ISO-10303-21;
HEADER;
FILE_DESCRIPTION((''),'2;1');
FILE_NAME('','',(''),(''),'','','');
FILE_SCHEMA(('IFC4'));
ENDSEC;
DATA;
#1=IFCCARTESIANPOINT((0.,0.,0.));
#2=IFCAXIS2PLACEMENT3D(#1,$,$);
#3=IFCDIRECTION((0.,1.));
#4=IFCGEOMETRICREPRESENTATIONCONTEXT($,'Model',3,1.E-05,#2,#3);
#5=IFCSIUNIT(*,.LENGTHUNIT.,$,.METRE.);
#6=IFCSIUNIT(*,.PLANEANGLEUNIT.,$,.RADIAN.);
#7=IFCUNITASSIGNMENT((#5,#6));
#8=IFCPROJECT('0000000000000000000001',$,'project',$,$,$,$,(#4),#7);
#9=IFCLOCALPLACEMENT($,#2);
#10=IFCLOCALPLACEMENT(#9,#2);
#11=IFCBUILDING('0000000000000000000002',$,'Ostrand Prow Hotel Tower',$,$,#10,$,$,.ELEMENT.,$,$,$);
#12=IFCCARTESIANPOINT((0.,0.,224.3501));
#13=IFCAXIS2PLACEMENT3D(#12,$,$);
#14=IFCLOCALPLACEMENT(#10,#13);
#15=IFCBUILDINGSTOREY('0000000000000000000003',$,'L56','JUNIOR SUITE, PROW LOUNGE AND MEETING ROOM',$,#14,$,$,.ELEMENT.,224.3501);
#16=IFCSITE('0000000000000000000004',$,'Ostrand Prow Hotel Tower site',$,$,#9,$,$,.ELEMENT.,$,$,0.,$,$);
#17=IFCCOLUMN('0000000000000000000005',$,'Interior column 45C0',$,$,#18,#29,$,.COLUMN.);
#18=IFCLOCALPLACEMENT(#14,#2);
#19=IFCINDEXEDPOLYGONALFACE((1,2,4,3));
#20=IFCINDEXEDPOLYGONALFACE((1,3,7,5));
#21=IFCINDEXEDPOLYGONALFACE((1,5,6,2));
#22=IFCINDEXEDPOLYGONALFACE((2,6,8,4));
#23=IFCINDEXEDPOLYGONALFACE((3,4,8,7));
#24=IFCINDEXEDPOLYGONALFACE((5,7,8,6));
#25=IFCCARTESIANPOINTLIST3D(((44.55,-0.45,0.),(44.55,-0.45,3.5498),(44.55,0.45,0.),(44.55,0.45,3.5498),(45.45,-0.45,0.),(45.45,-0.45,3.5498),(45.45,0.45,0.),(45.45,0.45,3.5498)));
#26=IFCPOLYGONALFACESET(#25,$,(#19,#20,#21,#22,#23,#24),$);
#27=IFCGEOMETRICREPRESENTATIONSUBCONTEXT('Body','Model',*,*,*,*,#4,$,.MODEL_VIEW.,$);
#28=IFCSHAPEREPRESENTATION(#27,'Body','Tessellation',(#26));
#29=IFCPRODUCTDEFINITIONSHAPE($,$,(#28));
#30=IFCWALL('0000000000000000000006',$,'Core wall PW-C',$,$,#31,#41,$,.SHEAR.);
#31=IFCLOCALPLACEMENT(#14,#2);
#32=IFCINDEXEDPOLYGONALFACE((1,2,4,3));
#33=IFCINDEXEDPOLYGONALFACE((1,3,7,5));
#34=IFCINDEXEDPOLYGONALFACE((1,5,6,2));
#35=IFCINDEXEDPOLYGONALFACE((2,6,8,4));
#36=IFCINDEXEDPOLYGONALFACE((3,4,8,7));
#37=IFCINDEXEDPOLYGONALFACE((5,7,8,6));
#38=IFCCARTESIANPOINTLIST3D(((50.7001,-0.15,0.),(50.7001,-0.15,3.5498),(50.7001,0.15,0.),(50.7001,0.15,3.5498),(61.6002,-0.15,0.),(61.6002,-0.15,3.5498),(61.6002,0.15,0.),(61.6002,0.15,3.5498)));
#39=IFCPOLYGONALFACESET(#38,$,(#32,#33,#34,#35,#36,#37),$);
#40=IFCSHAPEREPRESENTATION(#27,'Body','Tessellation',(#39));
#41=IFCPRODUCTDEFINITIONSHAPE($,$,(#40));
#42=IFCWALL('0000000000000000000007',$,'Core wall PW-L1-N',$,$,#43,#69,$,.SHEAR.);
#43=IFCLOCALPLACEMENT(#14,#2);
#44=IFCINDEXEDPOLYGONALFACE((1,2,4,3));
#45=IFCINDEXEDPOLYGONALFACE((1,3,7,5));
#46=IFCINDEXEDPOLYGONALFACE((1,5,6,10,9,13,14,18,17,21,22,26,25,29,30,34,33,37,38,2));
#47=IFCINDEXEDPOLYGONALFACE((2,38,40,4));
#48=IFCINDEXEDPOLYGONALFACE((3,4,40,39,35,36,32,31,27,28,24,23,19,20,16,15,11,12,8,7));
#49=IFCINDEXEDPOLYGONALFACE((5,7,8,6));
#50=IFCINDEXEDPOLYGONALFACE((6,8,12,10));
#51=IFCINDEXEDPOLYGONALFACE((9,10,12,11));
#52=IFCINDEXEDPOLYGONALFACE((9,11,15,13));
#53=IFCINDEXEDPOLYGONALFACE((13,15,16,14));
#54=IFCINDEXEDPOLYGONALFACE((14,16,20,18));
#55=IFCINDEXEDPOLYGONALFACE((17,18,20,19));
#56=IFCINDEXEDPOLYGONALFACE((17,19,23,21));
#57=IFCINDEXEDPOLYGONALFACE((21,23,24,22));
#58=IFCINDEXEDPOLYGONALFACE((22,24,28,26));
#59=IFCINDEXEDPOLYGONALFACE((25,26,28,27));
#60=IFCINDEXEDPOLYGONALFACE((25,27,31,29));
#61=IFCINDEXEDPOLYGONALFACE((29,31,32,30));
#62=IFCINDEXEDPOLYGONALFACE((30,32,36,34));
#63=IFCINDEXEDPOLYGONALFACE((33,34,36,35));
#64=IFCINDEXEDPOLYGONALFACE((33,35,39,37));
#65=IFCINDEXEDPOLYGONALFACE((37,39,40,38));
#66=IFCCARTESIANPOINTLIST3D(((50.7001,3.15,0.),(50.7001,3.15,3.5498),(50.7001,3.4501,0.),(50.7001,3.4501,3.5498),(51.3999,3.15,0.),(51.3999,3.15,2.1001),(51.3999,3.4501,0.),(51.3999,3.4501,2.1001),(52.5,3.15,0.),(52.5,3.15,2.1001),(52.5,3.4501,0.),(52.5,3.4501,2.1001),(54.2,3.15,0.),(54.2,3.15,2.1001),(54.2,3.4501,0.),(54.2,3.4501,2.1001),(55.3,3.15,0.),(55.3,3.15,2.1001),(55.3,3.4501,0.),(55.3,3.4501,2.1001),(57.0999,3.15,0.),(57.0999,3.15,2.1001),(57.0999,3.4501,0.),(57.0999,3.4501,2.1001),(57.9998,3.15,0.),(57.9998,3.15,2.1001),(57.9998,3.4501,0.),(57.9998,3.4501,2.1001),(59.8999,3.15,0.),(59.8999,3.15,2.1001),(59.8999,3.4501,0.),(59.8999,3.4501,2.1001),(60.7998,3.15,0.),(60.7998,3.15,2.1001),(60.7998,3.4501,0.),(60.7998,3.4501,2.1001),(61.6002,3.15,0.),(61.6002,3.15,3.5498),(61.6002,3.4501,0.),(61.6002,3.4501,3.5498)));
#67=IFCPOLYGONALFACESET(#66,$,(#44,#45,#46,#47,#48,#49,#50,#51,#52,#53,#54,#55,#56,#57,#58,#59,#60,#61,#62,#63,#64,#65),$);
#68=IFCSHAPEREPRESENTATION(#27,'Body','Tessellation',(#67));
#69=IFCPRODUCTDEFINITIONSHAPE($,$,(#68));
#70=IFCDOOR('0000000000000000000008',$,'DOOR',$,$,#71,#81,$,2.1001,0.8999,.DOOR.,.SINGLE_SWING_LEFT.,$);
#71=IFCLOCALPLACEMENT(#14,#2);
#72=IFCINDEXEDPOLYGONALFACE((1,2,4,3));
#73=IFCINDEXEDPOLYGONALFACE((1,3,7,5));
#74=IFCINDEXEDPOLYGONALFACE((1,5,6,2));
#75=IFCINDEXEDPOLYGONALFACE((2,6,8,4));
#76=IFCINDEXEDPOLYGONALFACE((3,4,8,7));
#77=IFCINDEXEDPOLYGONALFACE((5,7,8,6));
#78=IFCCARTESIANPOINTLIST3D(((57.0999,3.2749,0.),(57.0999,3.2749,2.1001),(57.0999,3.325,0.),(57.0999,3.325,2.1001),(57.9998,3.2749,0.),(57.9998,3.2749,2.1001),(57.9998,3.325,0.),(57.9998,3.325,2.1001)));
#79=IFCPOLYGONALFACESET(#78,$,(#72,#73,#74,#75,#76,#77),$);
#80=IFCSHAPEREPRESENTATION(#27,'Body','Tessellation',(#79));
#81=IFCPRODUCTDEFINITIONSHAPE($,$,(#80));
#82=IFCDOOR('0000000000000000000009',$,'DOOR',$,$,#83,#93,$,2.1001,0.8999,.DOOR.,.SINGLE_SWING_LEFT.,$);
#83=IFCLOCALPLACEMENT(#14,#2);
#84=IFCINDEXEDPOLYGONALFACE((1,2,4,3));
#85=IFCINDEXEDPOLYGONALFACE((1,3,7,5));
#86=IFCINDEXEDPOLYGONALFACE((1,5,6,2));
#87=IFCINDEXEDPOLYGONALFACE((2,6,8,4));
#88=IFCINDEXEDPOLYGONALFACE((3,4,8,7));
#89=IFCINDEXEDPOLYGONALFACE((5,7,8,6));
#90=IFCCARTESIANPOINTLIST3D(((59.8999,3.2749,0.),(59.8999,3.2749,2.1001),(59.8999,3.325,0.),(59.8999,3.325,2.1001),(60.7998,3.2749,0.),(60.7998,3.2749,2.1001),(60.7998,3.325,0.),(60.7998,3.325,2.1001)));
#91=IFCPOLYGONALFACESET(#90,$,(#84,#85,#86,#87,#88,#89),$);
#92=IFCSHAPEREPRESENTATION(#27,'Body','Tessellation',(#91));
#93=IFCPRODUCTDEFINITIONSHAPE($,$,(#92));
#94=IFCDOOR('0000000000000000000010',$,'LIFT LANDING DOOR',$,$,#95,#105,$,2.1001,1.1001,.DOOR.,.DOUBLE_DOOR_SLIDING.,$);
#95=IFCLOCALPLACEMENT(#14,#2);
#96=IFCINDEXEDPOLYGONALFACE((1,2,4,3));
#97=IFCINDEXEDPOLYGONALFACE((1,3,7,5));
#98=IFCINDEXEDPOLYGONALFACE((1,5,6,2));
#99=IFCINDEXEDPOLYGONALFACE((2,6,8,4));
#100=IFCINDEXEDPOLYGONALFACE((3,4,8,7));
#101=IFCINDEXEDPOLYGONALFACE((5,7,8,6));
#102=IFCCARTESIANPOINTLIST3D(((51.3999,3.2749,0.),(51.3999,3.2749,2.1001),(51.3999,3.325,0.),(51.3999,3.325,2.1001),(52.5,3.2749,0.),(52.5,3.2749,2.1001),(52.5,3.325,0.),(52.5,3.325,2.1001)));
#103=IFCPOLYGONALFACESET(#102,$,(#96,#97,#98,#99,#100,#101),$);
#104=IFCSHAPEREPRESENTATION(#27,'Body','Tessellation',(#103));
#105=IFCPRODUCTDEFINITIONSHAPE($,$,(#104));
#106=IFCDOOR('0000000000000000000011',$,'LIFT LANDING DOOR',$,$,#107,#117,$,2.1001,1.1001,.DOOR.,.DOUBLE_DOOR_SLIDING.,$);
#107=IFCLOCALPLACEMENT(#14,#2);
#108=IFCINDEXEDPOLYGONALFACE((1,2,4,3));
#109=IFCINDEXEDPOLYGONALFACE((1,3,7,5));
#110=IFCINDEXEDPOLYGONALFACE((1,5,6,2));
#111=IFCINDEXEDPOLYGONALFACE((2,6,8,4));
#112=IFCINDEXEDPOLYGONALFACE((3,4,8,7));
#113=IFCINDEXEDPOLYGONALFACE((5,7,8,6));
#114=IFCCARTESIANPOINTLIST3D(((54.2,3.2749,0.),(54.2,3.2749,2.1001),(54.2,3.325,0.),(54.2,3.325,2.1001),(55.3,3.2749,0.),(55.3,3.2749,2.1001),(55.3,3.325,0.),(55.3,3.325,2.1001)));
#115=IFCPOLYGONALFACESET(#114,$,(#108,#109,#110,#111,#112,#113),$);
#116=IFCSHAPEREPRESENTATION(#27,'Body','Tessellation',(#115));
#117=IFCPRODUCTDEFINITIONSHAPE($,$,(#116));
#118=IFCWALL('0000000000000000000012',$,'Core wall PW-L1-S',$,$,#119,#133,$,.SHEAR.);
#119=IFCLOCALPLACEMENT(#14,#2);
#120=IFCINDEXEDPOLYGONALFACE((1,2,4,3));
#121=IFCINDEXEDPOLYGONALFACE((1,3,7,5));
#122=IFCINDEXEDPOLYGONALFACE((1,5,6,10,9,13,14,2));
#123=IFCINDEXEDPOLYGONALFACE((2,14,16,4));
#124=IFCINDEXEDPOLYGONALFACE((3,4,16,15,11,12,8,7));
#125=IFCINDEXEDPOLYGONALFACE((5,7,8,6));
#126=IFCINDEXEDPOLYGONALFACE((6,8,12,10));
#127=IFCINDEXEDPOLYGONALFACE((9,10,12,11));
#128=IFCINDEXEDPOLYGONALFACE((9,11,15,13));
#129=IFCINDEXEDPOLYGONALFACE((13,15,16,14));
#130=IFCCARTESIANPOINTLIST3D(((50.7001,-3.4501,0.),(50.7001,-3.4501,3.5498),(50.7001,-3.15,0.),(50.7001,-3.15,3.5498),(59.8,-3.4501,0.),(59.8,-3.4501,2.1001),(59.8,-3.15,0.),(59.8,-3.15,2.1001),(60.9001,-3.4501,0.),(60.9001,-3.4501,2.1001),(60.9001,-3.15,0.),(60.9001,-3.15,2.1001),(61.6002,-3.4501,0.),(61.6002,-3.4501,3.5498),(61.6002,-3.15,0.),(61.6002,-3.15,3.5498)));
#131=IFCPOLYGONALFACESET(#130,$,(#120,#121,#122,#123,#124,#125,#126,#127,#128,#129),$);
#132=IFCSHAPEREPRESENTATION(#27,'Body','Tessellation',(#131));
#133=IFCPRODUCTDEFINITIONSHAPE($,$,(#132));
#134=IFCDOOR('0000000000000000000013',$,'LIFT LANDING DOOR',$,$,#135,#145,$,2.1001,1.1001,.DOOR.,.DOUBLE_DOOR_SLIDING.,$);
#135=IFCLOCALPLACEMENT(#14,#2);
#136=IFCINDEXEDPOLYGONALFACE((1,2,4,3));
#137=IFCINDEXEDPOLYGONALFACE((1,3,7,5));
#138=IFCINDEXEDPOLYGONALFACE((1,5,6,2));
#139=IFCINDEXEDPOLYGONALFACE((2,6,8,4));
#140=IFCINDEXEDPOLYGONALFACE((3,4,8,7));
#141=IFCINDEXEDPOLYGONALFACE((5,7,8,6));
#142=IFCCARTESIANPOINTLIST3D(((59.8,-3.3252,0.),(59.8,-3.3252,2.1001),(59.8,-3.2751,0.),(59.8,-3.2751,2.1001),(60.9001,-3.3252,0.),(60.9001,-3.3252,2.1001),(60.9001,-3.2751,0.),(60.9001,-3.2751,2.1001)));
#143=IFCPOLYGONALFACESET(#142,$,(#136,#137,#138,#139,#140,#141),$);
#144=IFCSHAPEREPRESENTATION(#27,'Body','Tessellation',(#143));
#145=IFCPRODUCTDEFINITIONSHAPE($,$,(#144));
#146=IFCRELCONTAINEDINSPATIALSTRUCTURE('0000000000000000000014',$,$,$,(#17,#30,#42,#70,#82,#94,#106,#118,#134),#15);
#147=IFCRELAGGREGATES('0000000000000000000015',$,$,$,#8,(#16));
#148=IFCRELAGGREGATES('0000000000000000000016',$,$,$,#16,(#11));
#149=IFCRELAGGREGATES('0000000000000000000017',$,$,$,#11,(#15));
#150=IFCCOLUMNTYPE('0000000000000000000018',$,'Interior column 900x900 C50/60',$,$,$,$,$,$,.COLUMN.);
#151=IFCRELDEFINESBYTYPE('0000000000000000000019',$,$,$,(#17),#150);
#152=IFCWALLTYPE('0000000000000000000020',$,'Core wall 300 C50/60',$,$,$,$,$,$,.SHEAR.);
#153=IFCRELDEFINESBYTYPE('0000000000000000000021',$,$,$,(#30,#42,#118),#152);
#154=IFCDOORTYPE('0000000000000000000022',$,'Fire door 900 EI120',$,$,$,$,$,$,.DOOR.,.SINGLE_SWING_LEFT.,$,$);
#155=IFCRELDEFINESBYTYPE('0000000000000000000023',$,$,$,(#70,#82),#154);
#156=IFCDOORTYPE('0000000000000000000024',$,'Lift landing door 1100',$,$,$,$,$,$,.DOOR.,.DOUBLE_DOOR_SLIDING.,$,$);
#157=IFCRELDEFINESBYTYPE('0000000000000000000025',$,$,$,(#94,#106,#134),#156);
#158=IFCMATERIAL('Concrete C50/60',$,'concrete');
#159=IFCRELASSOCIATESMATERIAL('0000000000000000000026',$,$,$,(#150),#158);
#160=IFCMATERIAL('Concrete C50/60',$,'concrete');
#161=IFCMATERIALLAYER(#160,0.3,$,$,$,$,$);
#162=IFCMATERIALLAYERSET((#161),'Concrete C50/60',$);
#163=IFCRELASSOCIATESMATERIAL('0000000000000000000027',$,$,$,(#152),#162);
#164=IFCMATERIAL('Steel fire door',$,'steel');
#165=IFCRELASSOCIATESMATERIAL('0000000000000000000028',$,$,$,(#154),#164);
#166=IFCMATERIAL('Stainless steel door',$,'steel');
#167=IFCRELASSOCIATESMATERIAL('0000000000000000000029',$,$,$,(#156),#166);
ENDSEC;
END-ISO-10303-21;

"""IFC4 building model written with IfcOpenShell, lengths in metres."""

from ifc_helpers import new_model, si_unit, direction, frame, frame_2d, origin, origin_2d, place, context, subcontext, project, spatial, rectangle, extrude, material, layer, layer_set, material_profile, profile_set, type_object, element, fill, save


model = new_model("IFC4")

# Units and contexts
model_context = context("Model", 3, precision=1e-05, world=origin(), true_north=direction((0.0, 1.0)))
body_context = subcontext(model_context, "Body", "Model", "MODEL_VIEW")
ifc_project = project(units=[si_unit("LENGTHUNIT", "METRE"), si_unit("PLANEANGLEUNIT", "RADIAN")], contexts=[model_context])

# Site, building, storey
site_placement = place(None, origin())
site = spatial("IfcSite", under=ifc_project, at=site_placement, Name="Ostrand Prow Hotel Tower site", CompositionType="ELEMENT", RefElevation=0.0)
building_placement = place(site_placement, origin())
building = spatial("IfcBuilding", under=site, at=building_placement, Name="Ostrand Prow Hotel Tower", CompositionType="ELEMENT")
storey_placement = place(building_placement, frame((0.0, 0.0, 224.3501)))
storey = spatial("IfcBuildingStorey", under=building, at=storey_placement, Name="L56", Description="JUNIOR SUITE, PROW LOUNGE AND MEETING ROOM", CompositionType="ELEMENT", Elevation=224.3501)

# Column
ifc_material_1 = material(Name="Concrete C50/60", Category="concrete")
ifc_material_profile = material_profile(ifc_material_1, rectangle(XDim=0.8999, YDim=0.8999, at=origin_2d()), Name="RC 900x900")
ifc_profile_set = profile_set([ifc_material_profile], Name="Concrete C50/60")
column_type = type_object("IfcColumnType", Name="Interior column 900x900 C50/60", PredefinedType="COLUMN", material=ifc_profile_set)
column_placement = place(storey_placement, frame((45.0, 0.0, 0.0), z_axis=(0.0, 0.0, 1.0), x_axis=(1.0, 0.0, 0.0)))
element("IfcColumn", 1, at=column_placement, inside=storey, type_object=column_type, Name="Interior column 45C0", PredefinedType="COLUMN", context=body_context, shape_type="SweptSolid", body=[
    extrude(rectangle(XDim=0.8999, YDim=0.8999, at=origin_2d()), origin(), (0.0, 0.0, 1.0), 3.5498),
])

# Wall
ifc_material_2 = material(Name="Concrete C50/60", Category="concrete")
ifc_layer_1 = layer(ifc_material_2, 0.3)
ifc_layer_set_1 = layer_set([ifc_layer_1], Name="Concrete C50/60")
wall_type_1 = type_object("IfcWallType", Name="Core wall 300 C50/60", PredefinedType="SHEAR", material=ifc_layer_set_1)
wall_1_placement = place(storey_placement, frame((50.7, 0.0, 0.0), z_axis=(0.0, 0.0, 1.0), x_axis=(1.0, 0.0, 0.0)))
element("IfcWall", 2, at=wall_1_placement, inside=storey, type_object=wall_type_1, Name="Core wall PW-C", PredefinedType="SHEAR", context=body_context, shape_type="SweptSolid", body=[
    extrude(rectangle(XDim=10.9001, YDim=0.3, at=frame_2d((5.4502, 0.0))), origin(), (0.0, 0.0, 1.0), 3.5498),
])

# Wall, openings, doors
wall_2_placement = place(storey_placement, frame((50.7, 3.3, 0.0), z_axis=(0.0, 0.0, 1.0), x_axis=(1.0, 0.0, 0.0)))
wall_2 = element("IfcWall", 3, at=wall_2_placement, inside=storey, type_object=wall_type_1, Name="Core wall PW-L1-N", PredefinedType="SHEAR", context=body_context, shape_type="SweptSolid", body=[
    extrude(rectangle(XDim=10.9001, YDim=0.3, at=frame_2d((5.4502, 0.0))), origin(), (0.0, 0.0, 1.0), 3.5498),
])
opening_1_placement = place(wall_2_placement, frame((0.7, 0.0, 0.0)))
opening_1 = element("IfcOpeningElement", 4, at=opening_1_placement, cuts=wall_2, PredefinedType="OPENING", context=body_context, shape_type="SweptSolid", body=[
    extrude(rectangle(XDim=1.1001, YDim=2.1001, at=frame_2d((0.55, 1.05))), frame((0.0, 0.1599, 0.0), z_axis=(0.0, -1.0, 0.0), x_axis=(1.0, 0.0, 0.0)), (0.0, 0.0, 1.0), 0.3201),
])
opening_2_placement = place(wall_2_placement, frame((3.5, 0.0, 0.0)))
opening_2 = element("IfcOpeningElement", 5, at=opening_2_placement, cuts=wall_2, PredefinedType="OPENING", context=body_context, shape_type="SweptSolid", body=[
    extrude(rectangle(XDim=1.1001, YDim=2.1001, at=frame_2d((0.55, 1.05))), frame((0.0, 0.1599, 0.0), z_axis=(0.0, -1.0, 0.0), x_axis=(1.0, 0.0, 0.0)), (0.0, 0.0, 1.0), 0.3201),
])
opening_3_placement = place(wall_2_placement, frame((6.3999, 0.0, 0.0)))
opening_3 = element("IfcOpeningElement", 6, at=opening_3_placement, cuts=wall_2, PredefinedType="OPENING", context=body_context, shape_type="SweptSolid", body=[
    extrude(rectangle(XDim=0.8999, YDim=2.1001, at=frame_2d((0.45, 1.05))), frame((0.0, 0.1599, 0.0), z_axis=(0.0, -1.0, 0.0), x_axis=(1.0, 0.0, 0.0)), (0.0, 0.0, 1.0), 0.3201),
])
opening_4_placement = place(wall_2_placement, frame((9.2, 0.0, 0.0)))
opening_4 = element("IfcOpeningElement", 7, at=opening_4_placement, cuts=wall_2, PredefinedType="OPENING", context=body_context, shape_type="SweptSolid", body=[
    extrude(rectangle(XDim=0.8999, YDim=2.1001, at=frame_2d((0.45, 1.05))), frame((0.0, 0.1599, 0.0), z_axis=(0.0, -1.0, 0.0), x_axis=(1.0, 0.0, 0.0)), (0.0, 0.0, 1.0), 0.3201),
])
ifc_material_3 = material(Name="Steel fire door", Category="steel")
door_type_1 = type_object("IfcDoorType", Name="Fire door 900 EI120", OperationType="SINGLE_SWING_LEFT", PredefinedType="DOOR", material=ifc_material_3)
door_1_placement = place(opening_3_placement, origin())
door_1 = element("IfcDoor", 8, at=door_1_placement, inside=storey, type_object=door_type_1, Name="DOOR", OperationType="SINGLE_SWING_LEFT", OverallHeight=2.1001, OverallWidth=0.8999, PredefinedType="DOOR", context=body_context, shape_type="SweptSolid", body=[
    extrude(rectangle(XDim=0.8999, YDim=2.1001, at=frame_2d((0.45, 1.05))), frame((0.0, 0.0249, 0.0), z_axis=(0.0, -1.0, 0.0), x_axis=(1.0, 0.0, 0.0)), (0.0, 0.0, 1.0), 0.05),
])
fill(opening_3, door_1)
door_2_placement = place(opening_4_placement, origin())
door_2 = element("IfcDoor", 9, at=door_2_placement, inside=storey, type_object=door_type_1, Name="DOOR", OperationType="SINGLE_SWING_LEFT", OverallHeight=2.1001, OverallWidth=0.8999, PredefinedType="DOOR", context=body_context, shape_type="SweptSolid", body=[
    extrude(rectangle(XDim=0.8999, YDim=2.1001, at=frame_2d((0.45, 1.05))), frame((0.0, 0.0249, 0.0), z_axis=(0.0, -1.0, 0.0), x_axis=(1.0, 0.0, 0.0)), (0.0, 0.0, 1.0), 0.05),
])
fill(opening_4, door_2)
ifc_material_4 = material(Name="Stainless steel door", Category="steel")
door_type_2 = type_object("IfcDoorType", Name="Lift landing door 1100", OperationType="DOUBLE_DOOR_SLIDING", PredefinedType="DOOR", material=ifc_material_4)
door_3_placement = place(opening_1_placement, origin())
door_3 = element("IfcDoor", 10, at=door_3_placement, inside=storey, type_object=door_type_2, Name="LIFT LANDING DOOR", OperationType="DOUBLE_DOOR_SLIDING", OverallHeight=2.1001, OverallWidth=1.1001, PredefinedType="DOOR", context=body_context, shape_type="SweptSolid", body=[
    extrude(rectangle(XDim=1.1001, YDim=2.1001, at=frame_2d((0.55, 1.05))), frame((0.0, 0.0249, 0.0), z_axis=(0.0, -1.0, 0.0), x_axis=(1.0, 0.0, 0.0)), (0.0, 0.0, 1.0), 0.05),
])
fill(opening_1, door_3)
door_4_placement = place(opening_2_placement, origin())
door_4 = element("IfcDoor", 11, at=door_4_placement, inside=storey, type_object=door_type_2, Name="LIFT LANDING DOOR", OperationType="DOUBLE_DOOR_SLIDING", OverallHeight=2.1001, OverallWidth=1.1001, PredefinedType="DOOR", context=body_context, shape_type="SweptSolid", body=[
    extrude(rectangle(XDim=1.1001, YDim=2.1001, at=frame_2d((0.55, 1.05))), frame((0.0, 0.0249, 0.0), z_axis=(0.0, -1.0, 0.0), x_axis=(1.0, 0.0, 0.0)), (0.0, 0.0, 1.0), 0.05),
])
fill(opening_2, door_4)

# Wall, opening, door
wall_3_placement = place(storey_placement, frame((50.7, -3.3, 0.0), z_axis=(0.0, 0.0, 1.0), x_axis=(1.0, 0.0, 0.0)))
wall_3 = element("IfcWall", 12, at=wall_3_placement, inside=storey, type_object=wall_type_1, Name="Core wall PW-L1-S", PredefinedType="SHEAR", context=body_context, shape_type="SweptSolid", body=[
    extrude(rectangle(XDim=10.9001, YDim=0.3, at=frame_2d((5.4502, 0.0))), origin(), (0.0, 0.0, 1.0), 3.5498),
])
opening_5_placement = place(wall_3_placement, frame((9.1001, 0.0, 0.0)))
opening_5 = element("IfcOpeningElement", 13, at=opening_5_placement, cuts=wall_3, PredefinedType="OPENING", context=body_context, shape_type="SweptSolid", body=[
    extrude(rectangle(XDim=1.1001, YDim=2.1001, at=frame_2d((0.55, 1.05))), frame((0.0, 0.1599, 0.0), z_axis=(0.0, -1.0, 0.0), x_axis=(1.0, 0.0, 0.0)), (0.0, 0.0, 1.0), 0.3201),
])
door_5_placement = place(opening_5_placement, origin())
door_5 = element("IfcDoor", 14, at=door_5_placement, inside=storey, type_object=door_type_2, Name="LIFT LANDING DOOR", OperationType="DOUBLE_DOOR_SLIDING", OverallHeight=2.1001, OverallWidth=1.1001, PredefinedType="DOOR", context=body_context, shape_type="SweptSolid", body=[
    extrude(rectangle(XDim=1.1001, YDim=2.1001, at=frame_2d((0.55, 1.05))), frame((0.0, 0.0249, 0.0), z_axis=(0.0, -1.0, 0.0), x_axis=(1.0, 0.0, 0.0)), (0.0, 0.0, 1.0), 0.05),
])
fill(opening_5, door_5)

save(model, "model.ifc")
